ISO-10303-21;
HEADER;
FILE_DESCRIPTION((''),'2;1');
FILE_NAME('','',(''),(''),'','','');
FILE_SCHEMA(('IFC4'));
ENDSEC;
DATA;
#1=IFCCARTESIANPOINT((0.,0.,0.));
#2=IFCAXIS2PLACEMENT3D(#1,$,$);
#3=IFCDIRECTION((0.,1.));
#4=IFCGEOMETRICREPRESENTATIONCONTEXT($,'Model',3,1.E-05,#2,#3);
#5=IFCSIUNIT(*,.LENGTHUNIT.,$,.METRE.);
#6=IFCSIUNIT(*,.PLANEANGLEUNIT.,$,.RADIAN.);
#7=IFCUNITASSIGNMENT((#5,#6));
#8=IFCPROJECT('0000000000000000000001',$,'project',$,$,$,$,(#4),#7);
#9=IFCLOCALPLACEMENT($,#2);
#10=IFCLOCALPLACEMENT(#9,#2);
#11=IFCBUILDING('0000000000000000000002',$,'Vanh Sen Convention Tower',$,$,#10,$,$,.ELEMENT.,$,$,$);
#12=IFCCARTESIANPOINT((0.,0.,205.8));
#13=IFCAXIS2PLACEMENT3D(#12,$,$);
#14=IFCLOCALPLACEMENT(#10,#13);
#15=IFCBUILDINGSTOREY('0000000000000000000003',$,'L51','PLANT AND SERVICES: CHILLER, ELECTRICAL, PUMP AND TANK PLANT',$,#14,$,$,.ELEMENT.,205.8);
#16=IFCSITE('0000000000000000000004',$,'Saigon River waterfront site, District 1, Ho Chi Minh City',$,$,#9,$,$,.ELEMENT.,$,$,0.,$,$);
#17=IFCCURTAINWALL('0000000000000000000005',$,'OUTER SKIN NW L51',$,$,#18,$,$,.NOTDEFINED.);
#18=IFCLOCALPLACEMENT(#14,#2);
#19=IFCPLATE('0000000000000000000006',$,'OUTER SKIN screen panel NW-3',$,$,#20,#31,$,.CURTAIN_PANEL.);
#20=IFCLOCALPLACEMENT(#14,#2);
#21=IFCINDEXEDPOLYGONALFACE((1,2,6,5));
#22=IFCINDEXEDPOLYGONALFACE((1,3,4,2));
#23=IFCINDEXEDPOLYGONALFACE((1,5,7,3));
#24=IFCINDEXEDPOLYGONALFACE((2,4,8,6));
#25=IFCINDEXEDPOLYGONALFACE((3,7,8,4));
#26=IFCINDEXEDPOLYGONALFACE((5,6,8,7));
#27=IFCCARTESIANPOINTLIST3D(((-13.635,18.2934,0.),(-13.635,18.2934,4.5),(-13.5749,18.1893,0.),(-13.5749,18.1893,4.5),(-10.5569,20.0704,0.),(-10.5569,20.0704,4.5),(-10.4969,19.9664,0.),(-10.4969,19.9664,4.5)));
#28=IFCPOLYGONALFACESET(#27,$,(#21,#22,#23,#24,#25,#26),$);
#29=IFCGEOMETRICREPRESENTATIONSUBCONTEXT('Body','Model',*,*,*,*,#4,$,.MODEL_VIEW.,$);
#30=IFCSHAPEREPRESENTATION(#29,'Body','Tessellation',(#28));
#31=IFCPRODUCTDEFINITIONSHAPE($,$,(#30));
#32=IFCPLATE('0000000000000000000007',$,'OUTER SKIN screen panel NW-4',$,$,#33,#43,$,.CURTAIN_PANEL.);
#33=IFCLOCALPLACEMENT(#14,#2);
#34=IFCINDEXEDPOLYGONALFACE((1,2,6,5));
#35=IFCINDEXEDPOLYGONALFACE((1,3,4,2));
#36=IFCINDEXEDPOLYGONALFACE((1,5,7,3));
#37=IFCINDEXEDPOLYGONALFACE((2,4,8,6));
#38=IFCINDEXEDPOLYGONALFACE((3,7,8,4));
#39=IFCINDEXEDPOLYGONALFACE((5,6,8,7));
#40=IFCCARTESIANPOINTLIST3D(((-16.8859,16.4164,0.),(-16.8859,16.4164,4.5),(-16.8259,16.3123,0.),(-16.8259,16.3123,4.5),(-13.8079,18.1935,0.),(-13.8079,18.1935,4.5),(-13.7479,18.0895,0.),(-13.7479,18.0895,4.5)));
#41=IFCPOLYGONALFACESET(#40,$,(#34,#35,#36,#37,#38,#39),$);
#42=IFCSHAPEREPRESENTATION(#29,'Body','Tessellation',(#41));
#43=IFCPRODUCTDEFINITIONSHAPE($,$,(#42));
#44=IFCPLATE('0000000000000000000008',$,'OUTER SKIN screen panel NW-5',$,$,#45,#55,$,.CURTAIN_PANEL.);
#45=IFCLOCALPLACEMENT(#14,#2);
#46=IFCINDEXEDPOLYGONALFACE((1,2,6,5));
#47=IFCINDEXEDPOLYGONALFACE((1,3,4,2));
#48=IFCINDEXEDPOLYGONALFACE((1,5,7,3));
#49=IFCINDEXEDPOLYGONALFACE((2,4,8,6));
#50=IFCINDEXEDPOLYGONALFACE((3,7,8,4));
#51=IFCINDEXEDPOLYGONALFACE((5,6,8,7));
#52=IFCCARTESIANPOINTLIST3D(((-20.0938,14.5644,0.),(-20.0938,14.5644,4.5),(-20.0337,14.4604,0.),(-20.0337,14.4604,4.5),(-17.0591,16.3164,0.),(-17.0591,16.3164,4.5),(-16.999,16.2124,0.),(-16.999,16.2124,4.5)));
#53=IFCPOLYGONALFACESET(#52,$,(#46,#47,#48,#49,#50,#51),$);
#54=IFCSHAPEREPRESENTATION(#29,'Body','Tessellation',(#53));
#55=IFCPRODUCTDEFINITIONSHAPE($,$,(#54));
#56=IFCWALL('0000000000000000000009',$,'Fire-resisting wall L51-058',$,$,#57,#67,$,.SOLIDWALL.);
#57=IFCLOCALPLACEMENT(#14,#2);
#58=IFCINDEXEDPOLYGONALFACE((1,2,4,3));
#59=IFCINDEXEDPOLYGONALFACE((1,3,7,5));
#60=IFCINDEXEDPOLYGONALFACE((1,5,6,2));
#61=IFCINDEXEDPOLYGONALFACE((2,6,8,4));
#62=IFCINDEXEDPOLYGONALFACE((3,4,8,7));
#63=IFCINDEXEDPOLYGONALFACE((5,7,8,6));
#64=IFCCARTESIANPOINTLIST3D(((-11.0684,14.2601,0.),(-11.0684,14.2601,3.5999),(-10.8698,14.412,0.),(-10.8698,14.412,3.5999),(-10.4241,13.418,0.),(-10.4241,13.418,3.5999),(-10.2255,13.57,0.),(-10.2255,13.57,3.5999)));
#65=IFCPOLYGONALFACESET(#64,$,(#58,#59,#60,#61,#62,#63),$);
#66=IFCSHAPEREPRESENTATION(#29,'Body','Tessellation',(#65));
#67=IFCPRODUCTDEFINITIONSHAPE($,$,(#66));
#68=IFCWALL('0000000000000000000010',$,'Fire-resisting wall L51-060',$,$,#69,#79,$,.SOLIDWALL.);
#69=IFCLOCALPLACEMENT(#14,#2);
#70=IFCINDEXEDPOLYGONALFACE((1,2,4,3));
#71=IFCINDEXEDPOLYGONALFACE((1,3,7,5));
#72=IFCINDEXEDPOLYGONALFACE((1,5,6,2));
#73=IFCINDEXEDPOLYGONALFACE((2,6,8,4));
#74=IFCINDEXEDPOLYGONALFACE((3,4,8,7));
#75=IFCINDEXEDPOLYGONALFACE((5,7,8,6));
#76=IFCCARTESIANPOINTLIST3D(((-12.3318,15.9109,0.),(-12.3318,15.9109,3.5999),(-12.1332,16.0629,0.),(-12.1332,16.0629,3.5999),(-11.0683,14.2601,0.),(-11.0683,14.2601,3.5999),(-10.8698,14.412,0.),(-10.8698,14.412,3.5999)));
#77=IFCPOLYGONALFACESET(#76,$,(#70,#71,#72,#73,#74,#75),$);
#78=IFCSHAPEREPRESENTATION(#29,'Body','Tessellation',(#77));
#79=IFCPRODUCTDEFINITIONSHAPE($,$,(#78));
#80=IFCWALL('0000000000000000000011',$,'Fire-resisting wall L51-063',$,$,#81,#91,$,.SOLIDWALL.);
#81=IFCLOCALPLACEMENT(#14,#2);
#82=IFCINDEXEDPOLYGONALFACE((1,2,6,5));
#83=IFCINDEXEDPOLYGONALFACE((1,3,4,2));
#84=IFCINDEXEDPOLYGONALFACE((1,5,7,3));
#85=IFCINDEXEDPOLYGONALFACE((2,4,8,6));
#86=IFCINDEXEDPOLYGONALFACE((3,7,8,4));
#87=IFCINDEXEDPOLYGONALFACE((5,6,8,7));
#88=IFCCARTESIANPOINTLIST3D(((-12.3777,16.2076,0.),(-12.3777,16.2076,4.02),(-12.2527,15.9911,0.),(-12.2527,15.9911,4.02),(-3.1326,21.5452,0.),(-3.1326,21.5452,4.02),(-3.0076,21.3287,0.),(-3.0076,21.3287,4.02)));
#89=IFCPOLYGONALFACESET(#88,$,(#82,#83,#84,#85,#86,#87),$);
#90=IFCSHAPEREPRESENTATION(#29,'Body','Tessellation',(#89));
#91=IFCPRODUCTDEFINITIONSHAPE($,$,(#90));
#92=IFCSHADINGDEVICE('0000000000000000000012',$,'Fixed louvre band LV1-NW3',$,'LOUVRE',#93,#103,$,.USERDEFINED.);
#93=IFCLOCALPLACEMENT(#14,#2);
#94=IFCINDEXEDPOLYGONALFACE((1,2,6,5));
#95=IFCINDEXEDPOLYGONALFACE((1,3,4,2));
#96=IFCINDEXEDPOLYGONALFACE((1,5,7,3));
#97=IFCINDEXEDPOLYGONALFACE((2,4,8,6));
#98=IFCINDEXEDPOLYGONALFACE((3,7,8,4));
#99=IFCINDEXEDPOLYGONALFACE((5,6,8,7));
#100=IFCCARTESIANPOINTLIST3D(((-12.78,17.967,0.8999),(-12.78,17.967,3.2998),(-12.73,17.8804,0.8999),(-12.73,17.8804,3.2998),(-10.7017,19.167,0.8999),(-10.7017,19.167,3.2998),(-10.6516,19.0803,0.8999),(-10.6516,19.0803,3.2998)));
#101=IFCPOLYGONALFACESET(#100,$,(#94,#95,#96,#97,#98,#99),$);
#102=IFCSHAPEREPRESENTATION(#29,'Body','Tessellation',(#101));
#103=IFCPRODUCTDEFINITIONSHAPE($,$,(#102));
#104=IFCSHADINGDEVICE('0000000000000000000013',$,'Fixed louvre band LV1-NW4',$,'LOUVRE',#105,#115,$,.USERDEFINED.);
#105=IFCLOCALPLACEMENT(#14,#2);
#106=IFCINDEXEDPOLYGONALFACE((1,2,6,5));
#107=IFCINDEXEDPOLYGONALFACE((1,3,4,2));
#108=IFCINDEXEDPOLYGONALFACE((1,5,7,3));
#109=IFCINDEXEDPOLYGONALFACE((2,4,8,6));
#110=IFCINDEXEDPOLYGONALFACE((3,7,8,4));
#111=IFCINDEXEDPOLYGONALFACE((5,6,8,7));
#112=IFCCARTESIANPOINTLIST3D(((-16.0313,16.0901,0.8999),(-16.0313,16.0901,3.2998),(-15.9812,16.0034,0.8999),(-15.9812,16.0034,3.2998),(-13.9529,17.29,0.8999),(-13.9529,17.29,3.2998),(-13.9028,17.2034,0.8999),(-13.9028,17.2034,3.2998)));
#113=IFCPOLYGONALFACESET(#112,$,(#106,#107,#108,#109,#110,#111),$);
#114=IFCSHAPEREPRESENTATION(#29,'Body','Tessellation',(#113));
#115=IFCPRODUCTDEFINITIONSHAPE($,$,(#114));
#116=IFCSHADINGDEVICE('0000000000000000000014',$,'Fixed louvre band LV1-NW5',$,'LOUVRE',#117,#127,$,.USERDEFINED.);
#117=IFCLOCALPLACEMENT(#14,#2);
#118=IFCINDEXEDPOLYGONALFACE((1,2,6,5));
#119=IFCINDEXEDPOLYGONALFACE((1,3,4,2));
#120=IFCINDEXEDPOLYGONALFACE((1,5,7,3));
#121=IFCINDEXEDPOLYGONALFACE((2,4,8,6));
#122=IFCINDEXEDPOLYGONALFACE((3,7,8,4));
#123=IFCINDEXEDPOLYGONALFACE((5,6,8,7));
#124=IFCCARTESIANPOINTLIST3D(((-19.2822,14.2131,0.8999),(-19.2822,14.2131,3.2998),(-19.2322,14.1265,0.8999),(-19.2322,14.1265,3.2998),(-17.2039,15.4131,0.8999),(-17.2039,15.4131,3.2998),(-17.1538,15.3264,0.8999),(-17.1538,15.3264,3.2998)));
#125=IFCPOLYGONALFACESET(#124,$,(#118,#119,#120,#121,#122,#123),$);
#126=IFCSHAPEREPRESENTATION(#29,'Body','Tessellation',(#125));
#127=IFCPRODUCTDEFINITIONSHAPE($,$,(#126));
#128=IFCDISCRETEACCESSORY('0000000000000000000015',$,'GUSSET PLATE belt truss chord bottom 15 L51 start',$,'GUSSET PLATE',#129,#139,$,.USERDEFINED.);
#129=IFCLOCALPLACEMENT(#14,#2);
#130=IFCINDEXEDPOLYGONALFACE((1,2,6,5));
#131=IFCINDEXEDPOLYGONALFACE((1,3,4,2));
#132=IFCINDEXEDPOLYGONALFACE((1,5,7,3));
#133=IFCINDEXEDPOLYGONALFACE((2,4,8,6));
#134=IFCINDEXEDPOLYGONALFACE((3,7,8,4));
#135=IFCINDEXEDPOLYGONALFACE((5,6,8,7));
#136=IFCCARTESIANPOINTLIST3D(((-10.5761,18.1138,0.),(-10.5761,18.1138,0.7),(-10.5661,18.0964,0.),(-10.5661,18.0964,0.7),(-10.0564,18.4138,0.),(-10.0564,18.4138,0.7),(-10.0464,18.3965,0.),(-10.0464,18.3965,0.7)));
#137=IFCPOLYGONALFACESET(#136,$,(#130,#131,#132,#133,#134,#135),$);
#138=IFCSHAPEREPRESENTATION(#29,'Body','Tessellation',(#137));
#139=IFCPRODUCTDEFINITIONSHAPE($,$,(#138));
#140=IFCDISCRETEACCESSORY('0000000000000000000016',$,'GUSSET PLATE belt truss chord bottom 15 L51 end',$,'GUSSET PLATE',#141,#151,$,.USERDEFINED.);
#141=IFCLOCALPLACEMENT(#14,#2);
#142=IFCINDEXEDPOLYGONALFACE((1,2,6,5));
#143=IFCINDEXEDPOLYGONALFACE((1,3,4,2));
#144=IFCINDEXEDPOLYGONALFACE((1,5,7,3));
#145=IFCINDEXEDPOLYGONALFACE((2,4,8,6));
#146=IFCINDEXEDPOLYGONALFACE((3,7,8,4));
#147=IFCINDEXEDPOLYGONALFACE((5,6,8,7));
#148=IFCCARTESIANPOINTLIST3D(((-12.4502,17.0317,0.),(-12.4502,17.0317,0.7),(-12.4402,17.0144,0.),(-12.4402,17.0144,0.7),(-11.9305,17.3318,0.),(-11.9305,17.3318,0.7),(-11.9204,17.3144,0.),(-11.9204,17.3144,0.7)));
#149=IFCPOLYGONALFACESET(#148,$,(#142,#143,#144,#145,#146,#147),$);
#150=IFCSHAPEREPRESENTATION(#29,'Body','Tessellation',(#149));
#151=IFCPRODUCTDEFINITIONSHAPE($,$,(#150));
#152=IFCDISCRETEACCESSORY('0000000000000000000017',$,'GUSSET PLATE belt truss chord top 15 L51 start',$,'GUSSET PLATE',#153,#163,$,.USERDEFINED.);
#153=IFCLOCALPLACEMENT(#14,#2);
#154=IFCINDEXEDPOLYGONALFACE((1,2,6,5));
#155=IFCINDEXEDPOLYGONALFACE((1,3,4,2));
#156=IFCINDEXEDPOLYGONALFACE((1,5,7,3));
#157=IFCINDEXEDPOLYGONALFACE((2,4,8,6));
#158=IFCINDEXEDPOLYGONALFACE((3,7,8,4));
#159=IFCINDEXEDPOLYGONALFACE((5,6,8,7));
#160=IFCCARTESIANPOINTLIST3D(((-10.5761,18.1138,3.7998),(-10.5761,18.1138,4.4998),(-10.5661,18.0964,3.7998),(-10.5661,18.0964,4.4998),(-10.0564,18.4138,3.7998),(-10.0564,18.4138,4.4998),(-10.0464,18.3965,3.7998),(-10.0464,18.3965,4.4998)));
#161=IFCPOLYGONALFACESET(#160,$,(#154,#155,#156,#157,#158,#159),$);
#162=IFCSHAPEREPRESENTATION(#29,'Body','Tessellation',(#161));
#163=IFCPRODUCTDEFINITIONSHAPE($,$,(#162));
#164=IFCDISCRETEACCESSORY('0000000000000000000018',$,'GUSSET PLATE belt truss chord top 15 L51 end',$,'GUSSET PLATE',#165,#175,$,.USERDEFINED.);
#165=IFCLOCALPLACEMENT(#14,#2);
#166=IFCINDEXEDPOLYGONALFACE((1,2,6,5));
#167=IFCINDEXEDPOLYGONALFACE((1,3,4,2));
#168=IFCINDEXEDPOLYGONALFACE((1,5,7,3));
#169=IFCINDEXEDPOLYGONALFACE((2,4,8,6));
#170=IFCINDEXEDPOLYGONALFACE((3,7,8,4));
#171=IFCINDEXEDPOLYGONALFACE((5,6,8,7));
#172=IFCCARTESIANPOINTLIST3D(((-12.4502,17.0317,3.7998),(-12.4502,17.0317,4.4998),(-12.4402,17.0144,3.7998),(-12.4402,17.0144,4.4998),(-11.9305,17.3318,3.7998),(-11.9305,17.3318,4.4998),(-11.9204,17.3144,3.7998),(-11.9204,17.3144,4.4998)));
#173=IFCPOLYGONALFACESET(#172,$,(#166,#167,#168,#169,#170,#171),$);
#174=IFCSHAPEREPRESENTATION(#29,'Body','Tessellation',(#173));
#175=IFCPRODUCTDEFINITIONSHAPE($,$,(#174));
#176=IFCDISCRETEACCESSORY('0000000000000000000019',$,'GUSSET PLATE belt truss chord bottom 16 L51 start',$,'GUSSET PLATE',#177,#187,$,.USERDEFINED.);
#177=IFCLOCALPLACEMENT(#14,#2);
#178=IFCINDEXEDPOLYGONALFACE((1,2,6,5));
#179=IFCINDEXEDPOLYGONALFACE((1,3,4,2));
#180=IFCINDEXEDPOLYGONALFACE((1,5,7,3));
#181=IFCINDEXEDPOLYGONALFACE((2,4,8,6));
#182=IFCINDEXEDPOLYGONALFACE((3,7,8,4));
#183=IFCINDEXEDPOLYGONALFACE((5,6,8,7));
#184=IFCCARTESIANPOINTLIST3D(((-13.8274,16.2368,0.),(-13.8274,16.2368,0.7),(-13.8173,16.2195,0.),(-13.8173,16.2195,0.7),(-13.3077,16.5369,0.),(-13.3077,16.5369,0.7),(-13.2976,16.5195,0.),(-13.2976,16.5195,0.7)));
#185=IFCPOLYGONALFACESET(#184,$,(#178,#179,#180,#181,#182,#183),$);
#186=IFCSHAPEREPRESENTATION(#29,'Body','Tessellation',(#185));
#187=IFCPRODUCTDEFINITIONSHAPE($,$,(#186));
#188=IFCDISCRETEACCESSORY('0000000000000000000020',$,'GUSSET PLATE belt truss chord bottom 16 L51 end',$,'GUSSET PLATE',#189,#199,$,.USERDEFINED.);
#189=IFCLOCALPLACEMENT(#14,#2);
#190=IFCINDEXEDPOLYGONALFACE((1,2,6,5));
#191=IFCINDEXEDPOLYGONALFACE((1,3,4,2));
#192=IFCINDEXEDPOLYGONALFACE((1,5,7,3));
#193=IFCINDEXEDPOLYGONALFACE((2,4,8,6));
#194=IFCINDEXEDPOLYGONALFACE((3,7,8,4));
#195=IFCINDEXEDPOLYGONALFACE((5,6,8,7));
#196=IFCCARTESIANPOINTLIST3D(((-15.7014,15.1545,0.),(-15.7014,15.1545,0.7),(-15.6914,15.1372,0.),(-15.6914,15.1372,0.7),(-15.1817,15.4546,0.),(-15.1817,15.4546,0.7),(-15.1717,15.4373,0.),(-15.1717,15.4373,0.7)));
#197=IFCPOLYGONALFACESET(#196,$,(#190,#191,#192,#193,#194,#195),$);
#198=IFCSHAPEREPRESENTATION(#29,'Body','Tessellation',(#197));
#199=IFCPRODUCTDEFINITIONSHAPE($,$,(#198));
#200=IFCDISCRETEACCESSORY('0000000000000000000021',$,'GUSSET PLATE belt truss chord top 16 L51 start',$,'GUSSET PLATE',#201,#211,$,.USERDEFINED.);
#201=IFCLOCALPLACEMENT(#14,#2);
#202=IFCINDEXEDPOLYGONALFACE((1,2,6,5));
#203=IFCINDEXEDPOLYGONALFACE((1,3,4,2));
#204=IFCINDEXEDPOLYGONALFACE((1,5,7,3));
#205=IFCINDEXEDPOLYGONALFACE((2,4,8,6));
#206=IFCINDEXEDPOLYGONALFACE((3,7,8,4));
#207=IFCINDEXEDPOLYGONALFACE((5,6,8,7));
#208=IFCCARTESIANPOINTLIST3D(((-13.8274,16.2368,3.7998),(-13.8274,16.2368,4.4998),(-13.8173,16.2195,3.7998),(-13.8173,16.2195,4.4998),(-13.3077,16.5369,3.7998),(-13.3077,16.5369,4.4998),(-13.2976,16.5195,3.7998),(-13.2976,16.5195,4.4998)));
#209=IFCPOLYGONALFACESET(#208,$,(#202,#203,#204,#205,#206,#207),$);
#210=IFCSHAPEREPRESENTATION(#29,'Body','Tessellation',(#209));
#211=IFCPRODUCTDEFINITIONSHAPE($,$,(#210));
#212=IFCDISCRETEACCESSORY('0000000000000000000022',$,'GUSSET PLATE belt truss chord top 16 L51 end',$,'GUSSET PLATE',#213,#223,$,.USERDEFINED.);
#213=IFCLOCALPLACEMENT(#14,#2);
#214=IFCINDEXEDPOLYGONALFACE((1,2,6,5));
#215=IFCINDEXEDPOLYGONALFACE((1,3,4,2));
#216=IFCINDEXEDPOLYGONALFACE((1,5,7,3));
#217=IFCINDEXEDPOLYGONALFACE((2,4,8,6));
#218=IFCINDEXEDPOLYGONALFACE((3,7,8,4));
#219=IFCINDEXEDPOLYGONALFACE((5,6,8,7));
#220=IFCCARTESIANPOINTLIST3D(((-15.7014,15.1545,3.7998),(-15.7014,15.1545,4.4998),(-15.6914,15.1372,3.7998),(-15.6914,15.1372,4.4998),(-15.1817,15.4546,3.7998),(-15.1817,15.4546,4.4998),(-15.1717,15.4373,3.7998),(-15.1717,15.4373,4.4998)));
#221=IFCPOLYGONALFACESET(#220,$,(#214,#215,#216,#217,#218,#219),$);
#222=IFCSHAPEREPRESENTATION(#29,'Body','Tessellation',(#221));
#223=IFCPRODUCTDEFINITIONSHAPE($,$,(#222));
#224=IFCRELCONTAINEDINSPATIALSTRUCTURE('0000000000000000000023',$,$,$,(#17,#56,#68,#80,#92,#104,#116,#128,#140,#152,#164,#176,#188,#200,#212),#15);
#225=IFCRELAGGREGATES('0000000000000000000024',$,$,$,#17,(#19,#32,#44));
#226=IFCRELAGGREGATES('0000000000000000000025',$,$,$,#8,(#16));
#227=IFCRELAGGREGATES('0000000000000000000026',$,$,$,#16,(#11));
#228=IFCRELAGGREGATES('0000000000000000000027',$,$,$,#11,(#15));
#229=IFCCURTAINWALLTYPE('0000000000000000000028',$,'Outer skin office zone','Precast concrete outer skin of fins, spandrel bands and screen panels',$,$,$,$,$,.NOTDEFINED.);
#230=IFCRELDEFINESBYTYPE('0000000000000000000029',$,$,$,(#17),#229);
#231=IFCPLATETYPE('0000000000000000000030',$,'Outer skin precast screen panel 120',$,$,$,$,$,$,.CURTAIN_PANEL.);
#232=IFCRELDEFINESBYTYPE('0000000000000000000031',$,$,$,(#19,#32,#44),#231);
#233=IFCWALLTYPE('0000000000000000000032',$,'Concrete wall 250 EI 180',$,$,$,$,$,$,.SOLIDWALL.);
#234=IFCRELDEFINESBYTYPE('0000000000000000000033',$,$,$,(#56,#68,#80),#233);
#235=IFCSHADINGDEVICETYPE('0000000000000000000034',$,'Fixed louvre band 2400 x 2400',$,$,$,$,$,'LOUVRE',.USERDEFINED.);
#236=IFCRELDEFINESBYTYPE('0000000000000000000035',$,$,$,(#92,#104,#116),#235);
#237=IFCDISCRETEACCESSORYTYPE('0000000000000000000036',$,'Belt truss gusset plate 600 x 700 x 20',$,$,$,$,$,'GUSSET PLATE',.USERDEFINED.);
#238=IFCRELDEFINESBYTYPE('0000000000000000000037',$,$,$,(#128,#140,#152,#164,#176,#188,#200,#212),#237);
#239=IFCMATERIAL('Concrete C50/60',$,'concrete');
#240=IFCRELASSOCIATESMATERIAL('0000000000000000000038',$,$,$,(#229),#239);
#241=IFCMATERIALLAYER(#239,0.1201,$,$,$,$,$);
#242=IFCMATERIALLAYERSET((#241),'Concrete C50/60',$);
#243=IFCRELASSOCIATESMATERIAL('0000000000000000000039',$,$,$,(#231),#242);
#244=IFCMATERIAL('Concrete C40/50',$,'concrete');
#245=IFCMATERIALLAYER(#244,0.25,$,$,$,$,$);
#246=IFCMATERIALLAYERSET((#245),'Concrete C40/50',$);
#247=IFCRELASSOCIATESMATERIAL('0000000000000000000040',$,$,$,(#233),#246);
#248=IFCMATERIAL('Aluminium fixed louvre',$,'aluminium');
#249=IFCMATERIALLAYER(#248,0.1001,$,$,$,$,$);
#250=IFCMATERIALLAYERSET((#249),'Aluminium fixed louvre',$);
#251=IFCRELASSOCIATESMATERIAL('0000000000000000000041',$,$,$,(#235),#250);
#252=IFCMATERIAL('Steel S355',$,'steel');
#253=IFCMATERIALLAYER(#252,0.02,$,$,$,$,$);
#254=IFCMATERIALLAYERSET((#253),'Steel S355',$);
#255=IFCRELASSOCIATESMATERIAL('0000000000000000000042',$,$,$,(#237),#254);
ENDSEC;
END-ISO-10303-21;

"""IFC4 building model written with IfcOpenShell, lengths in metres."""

from ifc_helpers import new_model, si_unit, direction, frame, frame_2d, origin, origin_2d, place, context, subcontext, project, spatial, rectangle, extrude, material, layer, layer_set, type_object, element, aggregate, save


model = new_model("IFC4")

# Units and contexts
model_context = context("Model", 3, precision=1e-05, world=origin(), true_north=direction((0.0, 1.0)))
body_context = subcontext(model_context, "Body", "Model", "MODEL_VIEW")
ifc_project = project(units=[si_unit("LENGTHUNIT", "METRE"), si_unit("PLANEANGLEUNIT", "RADIAN")], contexts=[model_context])

# Site, building, storey
site_placement = place(None, origin())
site = spatial("IfcSite", under=ifc_project, at=site_placement, Name="Saigon River waterfront site, District 1, Ho Chi Minh City", CompositionType="ELEMENT", RefElevation=0.0)
building_placement = place(site_placement, origin())
building = spatial("IfcBuilding", under=site, at=building_placement, Name="Vanh Sen Convention Tower", CompositionType="ELEMENT")
storey_placement = place(building_placement, frame((0.0, 0.0, 205.8)))
storey = spatial("IfcBuildingStorey", under=building, at=storey_placement, Name="L51", Description="PLANT AND SERVICES: CHILLER, ELECTRICAL, PUMP AND TANK PLANT", CompositionType="ELEMENT", Elevation=205.8)

# Shared definitions
ifc_material_1 = material(Name="Steel S355", Category="steel")

# Curtain wall
ifc_material_2 = material(Name="Concrete C50/60", Category="concrete")
curtain_wall_type = type_object("IfcCurtainWallType", Name="Outer skin office zone", Description="Precast concrete outer skin of fins, spandrel bands and screen panels", PredefinedType="NOTDEFINED", material=ifc_material_2)
curtain_wall_1_placement = place(storey_placement, origin())
curtain_wall_1 = element("IfcCurtainWall", 1, at=curtain_wall_1_placement, inside=storey, type_object=curtain_wall_type, Name="OUTER SKIN NW L51", PredefinedType="NOTDEFINED")

# Plates
ifc_layer_1 = layer(ifc_material_2, 0.1201)
ifc_layer_set_1 = layer_set([ifc_layer_1], Name="Concrete C50/60")
plate_type = type_object("IfcPlateType", Name="Outer skin precast screen panel 120", PredefinedType="CURTAIN_PANEL", material=ifc_layer_set_1)
plate_1_placement = place(storey_placement, frame((-12.0659, 19.1299, 0.0), z_axis=(0.0, 0.0, 1.0), x_axis=(-0.866035, -0.499983, 0.0)))
plate_1 = element("IfcPlate", 2, at=plate_1_placement, type_object=plate_type, Name="OUTER SKIN screen panel NW-3", PredefinedType="CURTAIN_PANEL", context=body_context, shape_type="SweptSolid", body=[
    extrude(rectangle(XDim=3.5542, YDim=0.1201, at=origin_2d()), origin(), (0.0, 0.0, 1.0), 4.5),
])
plate_2_placement = place(storey_placement, frame((-15.3169, 17.2529, 0.0), z_axis=(0.0, 0.0, 1.0), x_axis=(-0.866017, -0.500015, 0.0)))
plate_2 = element("IfcPlate", 3, at=plate_2_placement, type_object=plate_type, Name="OUTER SKIN screen panel NW-4", PredefinedType="CURTAIN_PANEL", context=body_context, shape_type="SweptSolid", body=[
    extrude(rectangle(XDim=3.5542, YDim=0.1201, at=origin_2d()), origin(), (0.0, 0.0, 1.0), 4.5),
])
plate_3_placement = place(storey_placement, frame((-18.5464, 15.3884, 0.0), z_axis=(0.0, 0.0, 1.0), x_axis=(-0.866035, -0.499983, 0.0)))
plate_3 = element("IfcPlate", 4, at=plate_3_placement, type_object=plate_type, Name="OUTER SKIN screen panel NW-5", PredefinedType="CURTAIN_PANEL", context=body_context, shape_type="SweptSolid", body=[
    extrude(rectangle(XDim=3.5042, YDim=0.1201, at=origin_2d()), origin(), (0.0, 0.0, 1.0), 4.5),
])
aggregate(curtain_wall_1, [plate_1, plate_2, plate_3])

# Walls
ifc_material_3 = material(Name="Concrete C40/50", Category="concrete")
ifc_layer_2 = layer(ifc_material_3, 0.25)
ifc_layer_set_2 = layer_set([ifc_layer_2], Name="Concrete C40/50")
wall_type = type_object("IfcWallType", Name="Concrete wall 250 EI 180", PredefinedType="SOLIDWALL", material=ifc_layer_set_2)
wall_1_placement = place(storey_placement, frame((-10.3247, 13.4939, 0.0), z_axis=(0.0, 0.0, 1.0), x_axis=(-0.607672, 0.794188, 0.0)))
element("IfcWall", 5, at=wall_1_placement, inside=storey, type_object=wall_type, Name="Fire-resisting wall L51-058", PredefinedType="SOLIDWALL", context=body_context, shape_type="SweptSolid", body=[
    extrude(rectangle(XDim=1.0603, YDim=0.25, at=frame_2d((0.5303, 0.0))), origin(), (0.0, 0.0, 1.0), 3.5999),
])
wall_2_placement = place(storey_placement, frame((-10.969, 14.3359, 0.0), z_axis=(0.0, 0.0, 1.0), x_axis=(-0.607751, 0.794128, 0.0)))
element("IfcWall", 6, at=wall_2_placement, inside=storey, type_object=wall_type, Name="Fire-resisting wall L51-060", PredefinedType="SOLIDWALL", context=body_context, shape_type="SweptSolid", body=[
    extrude(rectangle(XDim=2.0789, YDim=0.25, at=frame_2d((1.0396, 0.0))), origin(), (0.0, 0.0, 1.0), 3.5999),
])
wall_3_placement = place(storey_placement, frame((-12.3152, 16.0994, 0.0), z_axis=(0.0, 0.0, 1.0), x_axis=(0.866026, 0.499998, 0.0)))
element("IfcWall", 7, at=wall_3_placement, inside=storey, type_object=wall_type, Name="Fire-resisting wall L51-063", PredefinedType="SOLIDWALL", context=body_context, shape_type="SweptSolid", body=[
    extrude(rectangle(XDim=10.6753, YDim=0.25, at=frame_2d((5.3376, 0.0))), origin(), (0.0, 0.0, 1.0), 4.02),
])

# Shading devices
ifc_material_4 = material(Name="Aluminium fixed louvre", Category="aluminium")
ifc_layer_3 = layer(ifc_material_4, 0.1001)
ifc_layer_set_3 = layer_set([ifc_layer_3], Name="Aluminium fixed louvre")
shading_device_type = type_object("IfcShadingDeviceType", Name="Fixed louvre band 2400 x 2400", ElementType="LOUVRE", PredefinedType="USERDEFINED", material=ifc_layer_set_3)
for number, where, z_axis, x_axis, name in (
    (8, (-11.7158, 18.5237, 0.8999), (0.0, 0.0, 1.0), (-0.866025, -0.500002, 0.0), "Fixed louvre band LV1-NW3"),
    (9, (-14.967, 16.6467, 0.8999), (0.0, 0.0, 1.0), (-0.866025, -0.500002, 0.0), "Fixed louvre band LV1-NW4"),
    (10, (-18.218, 14.7698, 0.8999), (0.0, 0.0, 1.0), (-0.866025, -0.500002, 0.0), "Fixed louvre band LV1-NW5"),
):
    element("IfcShadingDevice", number, at=place(storey_placement, frame(where, z_axis=z_axis, x_axis=x_axis)), inside=storey, type_object=shading_device_type, Name=name, ObjectType="LOUVRE", PredefinedType="USERDEFINED", context=body_context, shape_type="SweptSolid", body=[
        extrude(rectangle(XDim=2.3999, YDim=0.1001, at=origin_2d()), origin(), (0.0, 0.0, 1.0), 2.3999),
    ])

# Discrete accessories
ifc_layer_4 = layer(ifc_material_1, 0.02)
ifc_layer_set_4 = layer_set([ifc_layer_4], Name="Steel S355")
discrete_accessory_type_1 = type_object("IfcDiscreteAccessoryType", Name="Belt truss gusset plate 600 x 700 x 20", ElementType="GUSSET PLATE", PredefinedType="USERDEFINED", material=ifc_layer_set_4)
for number, where, z_axis, x_axis, name in (
    (11, (-10.3113, 18.2551, 0.0), (0.0, 0.0, 1.0), (-0.866035, -0.499983, 0.0), "GUSSET PLATE belt truss chord bottom 15 L51 start"),
    (12, (-12.1853, 17.1731, 0.0), (0.0, 0.0, 1.0), (0.866035, 0.499983, 0.0), "GUSSET PLATE belt truss chord bottom 15 L51 end"),
    (13, (-10.3113, 18.2551, 3.7998), (0.0, 0.0, 1.0), (-0.866035, -0.499983, 0.0), "GUSSET PLATE belt truss chord top 15 L51 start"),
    (14, (-12.1853, 17.1731, 3.7998), (0.0, 0.0, 1.0), (0.866035, 0.499983, 0.0), "GUSSET PLATE belt truss chord top 15 L51 end"),
    (15, (-13.5625, 16.3782, 0.0), (0.0, 0.0, 1.0), (-0.866017, -0.500015, 0.0), "GUSSET PLATE belt truss chord bottom 16 L51 start"),
    (16, (-15.4365, 15.2959, 0.0), (0.0, 0.0, 1.0), (0.866017, 0.500015, 0.0), "GUSSET PLATE belt truss chord bottom 16 L51 end"),
    (17, (-13.5625, 16.3782, 3.7998), (0.0, 0.0, 1.0), (-0.866017, -0.500015, 0.0), "GUSSET PLATE belt truss chord top 16 L51 start"),
    (18, (-15.4365, 15.2959, 3.7998), (0.0, 0.0, 1.0), (0.866017, 0.500015, 0.0), "GUSSET PLATE belt truss chord top 16 L51 end"),
):
    element("IfcDiscreteAccessory", number, at=place(storey_placement, frame(where, z_axis=z_axis, x_axis=x_axis)), inside=storey, type_object=discrete_accessory_type_1, Name=name, ObjectType="GUSSET PLATE", PredefinedType="USERDEFINED", context=body_context, shape_type="SweptSolid", body=[
        extrude(rectangle(XDim=0.6001, YDim=0.02, at=origin_2d()), origin(), (0.0, 0.0, 1.0), 0.7),
    ])

save(model, "model.ifc")
